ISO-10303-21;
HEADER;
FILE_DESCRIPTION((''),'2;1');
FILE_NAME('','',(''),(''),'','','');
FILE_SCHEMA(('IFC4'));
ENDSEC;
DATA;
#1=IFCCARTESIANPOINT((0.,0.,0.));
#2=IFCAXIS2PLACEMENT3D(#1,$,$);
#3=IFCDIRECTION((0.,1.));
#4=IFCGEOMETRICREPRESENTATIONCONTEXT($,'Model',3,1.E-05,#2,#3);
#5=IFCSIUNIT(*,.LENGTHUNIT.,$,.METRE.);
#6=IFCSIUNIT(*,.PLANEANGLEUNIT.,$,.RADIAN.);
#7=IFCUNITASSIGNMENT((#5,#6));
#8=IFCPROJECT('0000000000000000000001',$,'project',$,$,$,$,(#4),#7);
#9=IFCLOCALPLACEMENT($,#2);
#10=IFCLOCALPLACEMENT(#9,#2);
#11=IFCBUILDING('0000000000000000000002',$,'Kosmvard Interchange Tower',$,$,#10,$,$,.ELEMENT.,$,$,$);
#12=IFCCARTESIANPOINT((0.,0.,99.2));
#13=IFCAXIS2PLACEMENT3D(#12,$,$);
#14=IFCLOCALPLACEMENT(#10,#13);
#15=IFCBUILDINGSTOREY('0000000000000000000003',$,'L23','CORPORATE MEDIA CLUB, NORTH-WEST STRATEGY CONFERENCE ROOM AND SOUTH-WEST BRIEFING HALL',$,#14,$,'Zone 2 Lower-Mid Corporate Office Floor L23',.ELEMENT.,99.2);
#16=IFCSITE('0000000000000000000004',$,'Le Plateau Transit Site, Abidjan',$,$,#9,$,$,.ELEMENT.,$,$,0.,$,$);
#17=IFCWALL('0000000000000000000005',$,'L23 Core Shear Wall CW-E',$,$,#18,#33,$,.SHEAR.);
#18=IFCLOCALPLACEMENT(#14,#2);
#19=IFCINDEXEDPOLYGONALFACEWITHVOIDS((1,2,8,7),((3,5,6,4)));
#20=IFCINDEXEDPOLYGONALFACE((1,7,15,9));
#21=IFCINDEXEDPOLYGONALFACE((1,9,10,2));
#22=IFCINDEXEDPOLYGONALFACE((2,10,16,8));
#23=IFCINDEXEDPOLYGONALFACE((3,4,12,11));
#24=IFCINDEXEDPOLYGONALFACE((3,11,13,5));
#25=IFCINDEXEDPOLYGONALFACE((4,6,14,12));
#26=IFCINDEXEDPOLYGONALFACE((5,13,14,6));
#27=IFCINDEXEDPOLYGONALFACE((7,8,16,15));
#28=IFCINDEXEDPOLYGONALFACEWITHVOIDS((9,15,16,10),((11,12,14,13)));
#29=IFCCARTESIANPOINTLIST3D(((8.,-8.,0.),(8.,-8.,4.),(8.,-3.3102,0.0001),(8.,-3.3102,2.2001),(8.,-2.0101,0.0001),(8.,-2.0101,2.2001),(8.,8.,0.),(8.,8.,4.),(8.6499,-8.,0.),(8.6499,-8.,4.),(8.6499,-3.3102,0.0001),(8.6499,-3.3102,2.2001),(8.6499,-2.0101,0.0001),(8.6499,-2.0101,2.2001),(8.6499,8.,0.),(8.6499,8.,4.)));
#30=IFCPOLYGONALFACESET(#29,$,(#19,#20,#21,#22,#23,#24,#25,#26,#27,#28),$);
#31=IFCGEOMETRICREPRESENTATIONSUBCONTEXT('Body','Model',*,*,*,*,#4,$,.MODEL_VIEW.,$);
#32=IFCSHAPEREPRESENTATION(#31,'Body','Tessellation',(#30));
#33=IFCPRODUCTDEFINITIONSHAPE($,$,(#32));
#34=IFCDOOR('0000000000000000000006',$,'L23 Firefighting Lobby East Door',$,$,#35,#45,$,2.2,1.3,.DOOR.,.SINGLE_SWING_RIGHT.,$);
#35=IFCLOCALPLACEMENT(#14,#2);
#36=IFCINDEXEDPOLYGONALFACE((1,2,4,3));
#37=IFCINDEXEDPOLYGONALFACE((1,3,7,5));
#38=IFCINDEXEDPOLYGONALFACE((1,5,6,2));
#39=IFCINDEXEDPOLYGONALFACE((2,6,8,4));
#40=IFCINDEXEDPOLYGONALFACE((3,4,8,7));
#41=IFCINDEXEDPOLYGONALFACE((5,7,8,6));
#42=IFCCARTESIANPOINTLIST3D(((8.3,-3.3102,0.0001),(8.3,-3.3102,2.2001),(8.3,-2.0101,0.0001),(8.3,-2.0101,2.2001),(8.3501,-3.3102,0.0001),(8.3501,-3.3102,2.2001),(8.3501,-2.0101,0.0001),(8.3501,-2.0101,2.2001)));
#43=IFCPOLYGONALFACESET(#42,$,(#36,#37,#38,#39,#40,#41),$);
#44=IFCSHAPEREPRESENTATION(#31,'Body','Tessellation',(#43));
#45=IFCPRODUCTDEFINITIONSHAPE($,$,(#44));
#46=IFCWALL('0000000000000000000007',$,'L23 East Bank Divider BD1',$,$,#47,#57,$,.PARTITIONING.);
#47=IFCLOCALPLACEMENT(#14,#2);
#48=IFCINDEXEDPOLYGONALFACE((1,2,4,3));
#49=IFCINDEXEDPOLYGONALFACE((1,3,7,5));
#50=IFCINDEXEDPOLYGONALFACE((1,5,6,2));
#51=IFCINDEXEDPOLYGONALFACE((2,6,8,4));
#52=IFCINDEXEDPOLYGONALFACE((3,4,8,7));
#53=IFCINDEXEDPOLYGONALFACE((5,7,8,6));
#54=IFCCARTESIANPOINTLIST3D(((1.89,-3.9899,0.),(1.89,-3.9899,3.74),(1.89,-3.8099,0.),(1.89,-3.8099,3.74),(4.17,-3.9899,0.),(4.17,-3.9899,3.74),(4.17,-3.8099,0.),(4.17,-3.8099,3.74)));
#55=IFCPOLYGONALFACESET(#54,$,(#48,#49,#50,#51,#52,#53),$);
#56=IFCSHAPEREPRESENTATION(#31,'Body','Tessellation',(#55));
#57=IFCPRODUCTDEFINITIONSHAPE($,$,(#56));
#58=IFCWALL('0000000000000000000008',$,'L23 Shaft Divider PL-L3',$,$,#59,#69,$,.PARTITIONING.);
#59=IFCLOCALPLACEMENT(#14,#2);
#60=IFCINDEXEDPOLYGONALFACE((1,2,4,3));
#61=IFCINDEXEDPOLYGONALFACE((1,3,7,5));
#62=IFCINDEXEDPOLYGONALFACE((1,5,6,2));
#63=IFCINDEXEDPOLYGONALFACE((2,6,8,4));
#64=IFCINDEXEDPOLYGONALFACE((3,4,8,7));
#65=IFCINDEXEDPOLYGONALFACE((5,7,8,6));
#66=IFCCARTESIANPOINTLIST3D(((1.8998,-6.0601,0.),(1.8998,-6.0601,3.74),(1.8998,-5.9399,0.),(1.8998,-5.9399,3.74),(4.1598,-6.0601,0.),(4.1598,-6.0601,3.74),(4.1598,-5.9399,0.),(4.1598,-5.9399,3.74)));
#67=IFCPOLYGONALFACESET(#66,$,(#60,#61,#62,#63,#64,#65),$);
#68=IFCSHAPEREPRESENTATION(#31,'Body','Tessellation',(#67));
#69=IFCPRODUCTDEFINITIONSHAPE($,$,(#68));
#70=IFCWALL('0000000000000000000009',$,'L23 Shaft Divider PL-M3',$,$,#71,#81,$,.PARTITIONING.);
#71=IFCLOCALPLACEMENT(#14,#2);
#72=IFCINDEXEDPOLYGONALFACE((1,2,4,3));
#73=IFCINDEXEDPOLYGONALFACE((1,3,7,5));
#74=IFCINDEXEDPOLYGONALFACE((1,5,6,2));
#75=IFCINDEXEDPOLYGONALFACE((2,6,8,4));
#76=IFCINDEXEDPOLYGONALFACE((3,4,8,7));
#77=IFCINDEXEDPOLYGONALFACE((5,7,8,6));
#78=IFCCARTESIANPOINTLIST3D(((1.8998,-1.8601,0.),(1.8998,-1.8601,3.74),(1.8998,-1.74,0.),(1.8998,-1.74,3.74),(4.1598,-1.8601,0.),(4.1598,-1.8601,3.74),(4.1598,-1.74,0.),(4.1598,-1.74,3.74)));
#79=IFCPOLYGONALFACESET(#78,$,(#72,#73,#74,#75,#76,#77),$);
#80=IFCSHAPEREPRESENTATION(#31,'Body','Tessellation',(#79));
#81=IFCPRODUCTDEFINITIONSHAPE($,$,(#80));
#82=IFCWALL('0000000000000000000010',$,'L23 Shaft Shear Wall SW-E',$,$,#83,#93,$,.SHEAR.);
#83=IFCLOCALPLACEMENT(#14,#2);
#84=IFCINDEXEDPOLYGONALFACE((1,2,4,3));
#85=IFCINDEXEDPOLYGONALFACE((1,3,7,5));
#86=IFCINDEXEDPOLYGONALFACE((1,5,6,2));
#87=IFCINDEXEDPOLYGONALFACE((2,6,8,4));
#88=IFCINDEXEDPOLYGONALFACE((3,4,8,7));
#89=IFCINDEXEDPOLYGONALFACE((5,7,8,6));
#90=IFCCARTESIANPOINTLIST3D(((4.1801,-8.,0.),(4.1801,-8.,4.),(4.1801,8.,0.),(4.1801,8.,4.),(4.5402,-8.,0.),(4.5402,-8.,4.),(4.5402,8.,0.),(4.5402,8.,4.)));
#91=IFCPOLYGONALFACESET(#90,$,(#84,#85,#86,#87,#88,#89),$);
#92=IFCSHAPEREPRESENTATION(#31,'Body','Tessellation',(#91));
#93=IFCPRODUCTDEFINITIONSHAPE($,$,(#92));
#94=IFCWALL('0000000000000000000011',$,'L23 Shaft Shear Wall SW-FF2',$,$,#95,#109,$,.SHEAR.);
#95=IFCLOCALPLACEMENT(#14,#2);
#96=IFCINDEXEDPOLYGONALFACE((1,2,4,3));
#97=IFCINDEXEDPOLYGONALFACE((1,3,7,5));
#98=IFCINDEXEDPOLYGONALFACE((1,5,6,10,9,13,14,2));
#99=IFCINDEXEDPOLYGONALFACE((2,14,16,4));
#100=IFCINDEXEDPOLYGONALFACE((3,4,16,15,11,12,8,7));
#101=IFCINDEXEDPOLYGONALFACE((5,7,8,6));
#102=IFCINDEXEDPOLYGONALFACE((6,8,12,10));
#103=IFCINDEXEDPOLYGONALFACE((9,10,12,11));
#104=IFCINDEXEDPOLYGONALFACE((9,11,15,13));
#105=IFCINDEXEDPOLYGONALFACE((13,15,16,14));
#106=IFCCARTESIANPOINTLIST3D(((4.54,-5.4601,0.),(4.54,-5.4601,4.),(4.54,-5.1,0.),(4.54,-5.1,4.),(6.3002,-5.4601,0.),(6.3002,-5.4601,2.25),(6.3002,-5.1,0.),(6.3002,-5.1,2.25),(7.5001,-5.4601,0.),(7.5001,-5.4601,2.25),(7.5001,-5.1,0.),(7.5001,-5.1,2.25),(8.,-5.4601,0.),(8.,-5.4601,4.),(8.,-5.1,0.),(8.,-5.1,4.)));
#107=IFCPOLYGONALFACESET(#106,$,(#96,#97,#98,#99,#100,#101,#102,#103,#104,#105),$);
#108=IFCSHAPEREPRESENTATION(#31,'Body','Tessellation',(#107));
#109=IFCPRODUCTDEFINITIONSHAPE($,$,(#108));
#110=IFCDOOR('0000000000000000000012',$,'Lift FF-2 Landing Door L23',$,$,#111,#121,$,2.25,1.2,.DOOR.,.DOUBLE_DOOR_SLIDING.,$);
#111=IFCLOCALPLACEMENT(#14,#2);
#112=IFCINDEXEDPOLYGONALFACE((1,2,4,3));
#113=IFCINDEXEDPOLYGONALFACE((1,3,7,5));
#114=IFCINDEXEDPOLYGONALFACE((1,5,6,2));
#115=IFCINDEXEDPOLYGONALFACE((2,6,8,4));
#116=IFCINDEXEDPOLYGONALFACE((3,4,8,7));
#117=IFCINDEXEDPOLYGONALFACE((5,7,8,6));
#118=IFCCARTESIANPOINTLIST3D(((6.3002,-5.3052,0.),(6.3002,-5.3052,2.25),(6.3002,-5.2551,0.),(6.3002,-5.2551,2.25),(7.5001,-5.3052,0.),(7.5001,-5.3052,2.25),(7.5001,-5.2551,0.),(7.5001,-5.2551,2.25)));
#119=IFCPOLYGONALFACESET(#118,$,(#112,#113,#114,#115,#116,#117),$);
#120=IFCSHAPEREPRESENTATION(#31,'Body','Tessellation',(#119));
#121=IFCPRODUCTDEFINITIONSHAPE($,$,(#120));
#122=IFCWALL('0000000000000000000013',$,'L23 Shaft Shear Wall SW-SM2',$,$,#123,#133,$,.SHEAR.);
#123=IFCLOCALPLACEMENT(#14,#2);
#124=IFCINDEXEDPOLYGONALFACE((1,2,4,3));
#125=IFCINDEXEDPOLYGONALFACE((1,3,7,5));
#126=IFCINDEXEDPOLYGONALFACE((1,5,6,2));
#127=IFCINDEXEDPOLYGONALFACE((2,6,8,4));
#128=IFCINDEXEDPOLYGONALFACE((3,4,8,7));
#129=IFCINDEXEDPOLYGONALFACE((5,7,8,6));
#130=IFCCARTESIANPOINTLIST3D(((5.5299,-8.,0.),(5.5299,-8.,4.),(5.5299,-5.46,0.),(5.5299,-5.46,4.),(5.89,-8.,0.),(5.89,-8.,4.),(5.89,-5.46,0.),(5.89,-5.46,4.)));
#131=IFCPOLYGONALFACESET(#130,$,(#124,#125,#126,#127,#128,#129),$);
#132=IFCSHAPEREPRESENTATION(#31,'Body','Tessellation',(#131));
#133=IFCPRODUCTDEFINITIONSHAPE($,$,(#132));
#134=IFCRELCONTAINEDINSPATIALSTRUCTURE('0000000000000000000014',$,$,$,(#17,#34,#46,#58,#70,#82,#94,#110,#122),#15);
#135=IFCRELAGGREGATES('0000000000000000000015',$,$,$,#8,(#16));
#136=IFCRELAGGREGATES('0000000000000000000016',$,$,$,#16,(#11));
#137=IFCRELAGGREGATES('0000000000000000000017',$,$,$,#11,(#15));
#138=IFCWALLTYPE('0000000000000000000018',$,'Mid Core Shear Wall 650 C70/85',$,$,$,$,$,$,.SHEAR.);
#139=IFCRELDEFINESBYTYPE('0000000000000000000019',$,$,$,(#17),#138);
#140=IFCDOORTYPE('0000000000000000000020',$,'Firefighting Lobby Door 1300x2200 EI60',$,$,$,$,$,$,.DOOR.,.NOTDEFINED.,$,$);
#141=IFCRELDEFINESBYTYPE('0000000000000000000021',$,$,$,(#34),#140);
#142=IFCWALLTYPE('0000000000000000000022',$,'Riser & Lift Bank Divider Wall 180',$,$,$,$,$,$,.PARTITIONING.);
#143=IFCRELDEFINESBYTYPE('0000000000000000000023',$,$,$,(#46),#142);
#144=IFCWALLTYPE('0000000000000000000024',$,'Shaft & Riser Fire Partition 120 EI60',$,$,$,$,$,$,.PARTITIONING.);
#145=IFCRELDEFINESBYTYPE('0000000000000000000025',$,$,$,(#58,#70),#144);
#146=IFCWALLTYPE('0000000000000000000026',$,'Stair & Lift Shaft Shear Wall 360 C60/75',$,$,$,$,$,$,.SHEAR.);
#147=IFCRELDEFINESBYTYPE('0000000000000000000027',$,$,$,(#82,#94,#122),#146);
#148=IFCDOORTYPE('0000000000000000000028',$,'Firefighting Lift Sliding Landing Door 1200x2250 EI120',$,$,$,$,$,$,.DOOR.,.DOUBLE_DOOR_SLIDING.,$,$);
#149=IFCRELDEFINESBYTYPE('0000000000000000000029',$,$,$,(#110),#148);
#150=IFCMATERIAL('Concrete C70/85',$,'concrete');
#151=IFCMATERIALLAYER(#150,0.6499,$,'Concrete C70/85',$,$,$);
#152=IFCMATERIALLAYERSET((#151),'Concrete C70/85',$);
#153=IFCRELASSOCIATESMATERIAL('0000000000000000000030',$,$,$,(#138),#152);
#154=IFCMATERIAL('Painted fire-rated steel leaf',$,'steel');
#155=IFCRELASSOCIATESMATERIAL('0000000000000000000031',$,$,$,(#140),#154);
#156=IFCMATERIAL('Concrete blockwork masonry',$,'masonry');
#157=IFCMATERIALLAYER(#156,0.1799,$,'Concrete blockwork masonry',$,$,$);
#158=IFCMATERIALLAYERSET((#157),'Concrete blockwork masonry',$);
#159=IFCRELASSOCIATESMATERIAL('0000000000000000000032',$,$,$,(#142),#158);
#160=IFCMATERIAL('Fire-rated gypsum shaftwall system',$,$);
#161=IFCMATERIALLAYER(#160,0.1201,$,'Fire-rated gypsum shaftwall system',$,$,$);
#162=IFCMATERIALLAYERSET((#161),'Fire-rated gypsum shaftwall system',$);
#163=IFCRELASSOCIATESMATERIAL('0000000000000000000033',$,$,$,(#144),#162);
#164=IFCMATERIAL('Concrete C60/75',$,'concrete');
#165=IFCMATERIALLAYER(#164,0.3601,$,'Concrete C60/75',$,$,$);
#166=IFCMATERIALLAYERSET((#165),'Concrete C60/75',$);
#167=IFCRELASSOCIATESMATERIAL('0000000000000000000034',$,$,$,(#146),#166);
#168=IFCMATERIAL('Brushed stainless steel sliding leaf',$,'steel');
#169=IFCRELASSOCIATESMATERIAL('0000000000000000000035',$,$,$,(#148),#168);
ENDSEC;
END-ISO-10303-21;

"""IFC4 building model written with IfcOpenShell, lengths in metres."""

from ifc_helpers import new_model, si_unit, direction, frame, frame_2d, origin, place, context, subcontext, project, spatial, rectangle, extrude, source, transform, mapped, material, layer, layer_set, type_object, element, fill, save


model = new_model("IFC4")

# Units and contexts
model_context = context("Model", 3, precision=1e-05, world=origin(), true_north=direction((0.0, 1.0)))
body_context = subcontext(model_context, "Body", "Model", "MODEL_VIEW")
ifc_project = project(units=[si_unit("LENGTHUNIT", "METRE"), si_unit("PLANEANGLEUNIT", "RADIAN")], contexts=[model_context])

# Site, building, storey
site_placement = place(None, origin())
site = spatial("IfcSite", under=ifc_project, at=site_placement, Name="Le Plateau Transit Site, Abidjan", CompositionType="ELEMENT", RefElevation=0.0)
building_placement = place(site_placement, origin())
building = spatial("IfcBuilding", under=site, at=building_placement, Name="Kosmvard Interchange Tower", CompositionType="ELEMENT")
storey_placement = place(building_placement, frame((0.0, 0.0, 99.2)))
storey = spatial("IfcBuildingStorey", under=building, at=storey_placement, Name="L23", Description="CORPORATE MEDIA CLUB, NORTH-WEST STRATEGY CONFERENCE ROOM AND SOUTH-WEST BRIEFING HALL", LongName="Zone 2 Lower-Mid Corporate Office Floor L23", CompositionType="ELEMENT", Elevation=99.2)

# Shared definitions
ifc_material_1 = material(Name="Brushed stainless steel sliding leaf", Category="steel")

# Wall, opening, door
ifc_material_2 = material(Name="Concrete C70/85", Category="concrete")
ifc_layer_1 = layer(ifc_material_2, 0.6499, Name="Concrete C70/85")
ifc_layer_set_1 = layer_set([ifc_layer_1], Name="Concrete C70/85")
wall_type_1 = type_object("IfcWallType", Name="Mid Core Shear Wall 650 C70/85", PredefinedType="SHEAR", material=ifc_layer_set_1)
wall_1_placement = place(storey_placement, frame((8.325, -8.0, 0.0), z_axis=(0.0, 0.0, 1.0), x_axis=(0.0, 1.0, 0.0)))
wall_1 = element("IfcWall", 1, at=wall_1_placement, inside=storey, type_object=wall_type_1, Name="L23 Core Shear Wall CW-E", PredefinedType="SHEAR", context=body_context, shape_type="SweptSolid", body=[
    extrude(rectangle(XDim=16.0, YDim=0.6499, at=frame_2d((8.0, 0.0))), origin(), (0.0, 0.0, 1.0), 4.0),
])
opening_1_placement = place(wall_1_placement, frame((4.6899, 0.0, 0.0)))
opening_1 = element("IfcOpeningElement", 2, at=opening_1_placement, cuts=wall_1, PredefinedType="OPENING", context=body_context, shape_type="SweptSolid", body=[
    extrude(rectangle(XDim=1.3, YDim=2.2, at=frame_2d((0.6499, 1.1001))), frame((0.0, 0.335, 0.0), z_axis=(0.0, -1.0, 0.0), x_axis=(1.0, 0.0, 0.0)), (0.0, 0.0, 1.0), 0.6699),
])
ifc_material_3 = material(Name="Painted fire-rated steel leaf", Category="steel")
door_type_1 = type_object("IfcDoorType", Name="Firefighting Lobby Door 1300x2200 EI60", OperationType="NOTDEFINED", PredefinedType="DOOR", material=ifc_material_3)
shared_shape_1 = source(origin(), body_context, "Body", "SweptSolid", [
    extrude(rectangle(XDim=1.3, YDim=2.2, at=frame_2d((0.6499, 1.1001))), frame((0.0, 0.0249, 0.0), z_axis=(0.0, -1.0, 0.0), x_axis=(1.0, 0.0, 0.0)), (0.0, 0.0, 1.0), 0.05),
])
door_1_placement = place(opening_1_placement, origin())
door_1 = element("IfcDoor", 3, at=door_1_placement, inside=storey, type_object=door_type_1, Name="L23 Firefighting Lobby East Door", OperationType="SINGLE_SWING_RIGHT", OverallHeight=2.2, OverallWidth=1.3, PredefinedType="DOOR", context=body_context, shape_type="MappedRepresentation", body=[
    mapped(shared_shape_1, transform((0.0, 0.0, 0.0), scale=1.0)),
])
fill(opening_1, door_1)

# Walls
ifc_material_4 = material(Name="Concrete blockwork masonry", Category="masonry")
ifc_layer_2 = layer(ifc_material_4, 0.1799, Name="Concrete blockwork masonry")
ifc_layer_set_2 = layer_set([ifc_layer_2], Name="Concrete blockwork masonry")
wall_type_2 = type_object("IfcWallType", Name="Riser & Lift Bank Divider Wall 180", PredefinedType="PARTITIONING", material=ifc_layer_set_2)
wall_2_placement = place(storey_placement, frame((1.8899, -3.8999, 0.0), z_axis=(0.0, 0.0, 1.0), x_axis=(1.0, 0.0, 0.0)))
element("IfcWall", 4, at=wall_2_placement, inside=storey, type_object=wall_type_2, Name="L23 East Bank Divider BD1", PredefinedType="PARTITIONING", context=body_context, shape_type="SweptSolid", body=[
    extrude(rectangle(XDim=2.28, YDim=0.1799, at=frame_2d((1.1401, 0.0))), origin(), (0.0, 0.0, 1.0), 3.74),
])
ifc_material_5 = material(Name="Fire-rated gypsum shaftwall system")
ifc_layer_3 = layer(ifc_material_5, 0.1201, Name="Fire-rated gypsum shaftwall system")
ifc_layer_set_3 = layer_set([ifc_layer_3], Name="Fire-rated gypsum shaftwall system")
wall_type_3 = type_object("IfcWallType", Name="Shaft & Riser Fire Partition 120 EI60", PredefinedType="PARTITIONING", material=ifc_layer_set_3)
for number, where, z_axis, x_axis, name in (
    (5, (1.8999, -6.0, 0.0), (0.0, 0.0, 1.0), (1.0, 0.0, 0.0), "L23 Shaft Divider PL-L3"),
    (6, (1.8999, -1.8, 0.0), (0.0, 0.0, 1.0), (1.0, 0.0, 0.0), "L23 Shaft Divider PL-M3"),
):
    element("IfcWall", number, at=place(storey_placement, frame(where, z_axis=z_axis, x_axis=x_axis)), inside=storey, type_object=wall_type_3, Name=name, PredefinedType="PARTITIONING", context=body_context, shape_type="SweptSolid", body=[
        extrude(rectangle(XDim=2.26, YDim=0.1201, at=frame_2d((1.1299, 0.0))), origin(), (0.0, 0.0, 1.0), 3.74),
    ])
ifc_material_6 = material(Name="Concrete C60/75", Category="concrete")
ifc_layer_4 = layer(ifc_material_6, 0.3601, Name="Concrete C60/75")
ifc_layer_set_4 = layer_set([ifc_layer_4], Name="Concrete C60/75")
wall_type_4 = type_object("IfcWallType", Name="Stair & Lift Shaft Shear Wall 360 C60/75", PredefinedType="SHEAR", material=ifc_layer_set_4)
wall_3_placement = place(storey_placement, frame((4.3601, -8.0, 0.0), z_axis=(0.0, 0.0, 1.0), x_axis=(0.0, 1.0, 0.0)))
element("IfcWall", 7, at=wall_3_placement, inside=storey, type_object=wall_type_4, Name="L23 Shaft Shear Wall SW-E", PredefinedType="SHEAR", context=body_context, shape_type="SweptSolid", body=[
    extrude(rectangle(XDim=16.0, YDim=0.3601, at=frame_2d((8.0, 0.0))), origin(), (0.0, 0.0, 1.0), 4.0),
])

# Wall, opening, door
wall_4_placement = place(storey_placement, frame((4.54, -5.28, 0.0), z_axis=(0.0, 0.0, 1.0), x_axis=(1.0, 0.0, 0.0)))
wall_4 = element("IfcWall", 8, at=wall_4_placement, inside=storey, type_object=wall_type_4, Name="L23 Shaft Shear Wall SW-FF2", PredefinedType="SHEAR", context=body_context, shape_type="SweptSolid", body=[
    extrude(rectangle(XDim=3.46, YDim=0.3601, at=frame_2d((1.73, 0.0))), origin(), (0.0, 0.0, 1.0), 4.0),
])
opening_2_placement = place(wall_4_placement, frame((1.76, 0.0, 0.0)))
opening_2 = element("IfcOpeningElement", 9, at=opening_2_placement, cuts=wall_4, PredefinedType="OPENING", context=body_context, shape_type="SweptSolid", body=[
    extrude(rectangle(XDim=1.2, YDim=2.25, at=frame_2d((0.6001, 1.125))), frame((0.0, 0.1899, 0.0), z_axis=(0.0, -1.0, 0.0), x_axis=(1.0, 0.0, 0.0)), (0.0, 0.0, 1.0), 0.3801),
])
door_type_2 = type_object("IfcDoorType", Name="Firefighting Lift Sliding Landing Door 1200x2250 EI120", OperationType="DOUBLE_DOOR_SLIDING", PredefinedType="DOOR", material=ifc_material_1)
shared_shape_2 = source(origin(), body_context, "Body", "SweptSolid", [
    extrude(rectangle(XDim=1.2, YDim=2.25, at=frame_2d((0.6001, 1.125))), frame((0.0, 0.0249, 0.0), z_axis=(0.0, -1.0, 0.0), x_axis=(1.0, 0.0, 0.0)), (0.0, 0.0, 1.0), 0.05),
])
door_2_placement = place(opening_2_placement, origin())
door_2 = element("IfcDoor", 10, at=door_2_placement, inside=storey, type_object=door_type_2, Name="Lift FF-2 Landing Door L23", OperationType="DOUBLE_DOOR_SLIDING", OverallHeight=2.25, OverallWidth=1.2, PredefinedType="DOOR", context=body_context, shape_type="MappedRepresentation", body=[
    mapped(shared_shape_2, transform((0.0, 0.0, 0.0), scale=1.0)),
])
fill(opening_2, door_2)

# Wall
wall_5_placement = place(storey_placement, frame((5.71, -8.0, 0.0), z_axis=(0.0, 0.0, 1.0), x_axis=(0.0, 1.0, 0.0)))
element("IfcWall", 11, at=wall_5_placement, inside=storey, type_object=wall_type_4, Name="L23 Shaft Shear Wall SW-SM2", PredefinedType="SHEAR", context=body_context, shape_type="SweptSolid", body=[
    extrude(rectangle(XDim=2.54, YDim=0.3601, at=frame_2d((1.27, 0.0))), origin(), (0.0, 0.0, 1.0), 4.0),
])

save(model, "model.ifc")
